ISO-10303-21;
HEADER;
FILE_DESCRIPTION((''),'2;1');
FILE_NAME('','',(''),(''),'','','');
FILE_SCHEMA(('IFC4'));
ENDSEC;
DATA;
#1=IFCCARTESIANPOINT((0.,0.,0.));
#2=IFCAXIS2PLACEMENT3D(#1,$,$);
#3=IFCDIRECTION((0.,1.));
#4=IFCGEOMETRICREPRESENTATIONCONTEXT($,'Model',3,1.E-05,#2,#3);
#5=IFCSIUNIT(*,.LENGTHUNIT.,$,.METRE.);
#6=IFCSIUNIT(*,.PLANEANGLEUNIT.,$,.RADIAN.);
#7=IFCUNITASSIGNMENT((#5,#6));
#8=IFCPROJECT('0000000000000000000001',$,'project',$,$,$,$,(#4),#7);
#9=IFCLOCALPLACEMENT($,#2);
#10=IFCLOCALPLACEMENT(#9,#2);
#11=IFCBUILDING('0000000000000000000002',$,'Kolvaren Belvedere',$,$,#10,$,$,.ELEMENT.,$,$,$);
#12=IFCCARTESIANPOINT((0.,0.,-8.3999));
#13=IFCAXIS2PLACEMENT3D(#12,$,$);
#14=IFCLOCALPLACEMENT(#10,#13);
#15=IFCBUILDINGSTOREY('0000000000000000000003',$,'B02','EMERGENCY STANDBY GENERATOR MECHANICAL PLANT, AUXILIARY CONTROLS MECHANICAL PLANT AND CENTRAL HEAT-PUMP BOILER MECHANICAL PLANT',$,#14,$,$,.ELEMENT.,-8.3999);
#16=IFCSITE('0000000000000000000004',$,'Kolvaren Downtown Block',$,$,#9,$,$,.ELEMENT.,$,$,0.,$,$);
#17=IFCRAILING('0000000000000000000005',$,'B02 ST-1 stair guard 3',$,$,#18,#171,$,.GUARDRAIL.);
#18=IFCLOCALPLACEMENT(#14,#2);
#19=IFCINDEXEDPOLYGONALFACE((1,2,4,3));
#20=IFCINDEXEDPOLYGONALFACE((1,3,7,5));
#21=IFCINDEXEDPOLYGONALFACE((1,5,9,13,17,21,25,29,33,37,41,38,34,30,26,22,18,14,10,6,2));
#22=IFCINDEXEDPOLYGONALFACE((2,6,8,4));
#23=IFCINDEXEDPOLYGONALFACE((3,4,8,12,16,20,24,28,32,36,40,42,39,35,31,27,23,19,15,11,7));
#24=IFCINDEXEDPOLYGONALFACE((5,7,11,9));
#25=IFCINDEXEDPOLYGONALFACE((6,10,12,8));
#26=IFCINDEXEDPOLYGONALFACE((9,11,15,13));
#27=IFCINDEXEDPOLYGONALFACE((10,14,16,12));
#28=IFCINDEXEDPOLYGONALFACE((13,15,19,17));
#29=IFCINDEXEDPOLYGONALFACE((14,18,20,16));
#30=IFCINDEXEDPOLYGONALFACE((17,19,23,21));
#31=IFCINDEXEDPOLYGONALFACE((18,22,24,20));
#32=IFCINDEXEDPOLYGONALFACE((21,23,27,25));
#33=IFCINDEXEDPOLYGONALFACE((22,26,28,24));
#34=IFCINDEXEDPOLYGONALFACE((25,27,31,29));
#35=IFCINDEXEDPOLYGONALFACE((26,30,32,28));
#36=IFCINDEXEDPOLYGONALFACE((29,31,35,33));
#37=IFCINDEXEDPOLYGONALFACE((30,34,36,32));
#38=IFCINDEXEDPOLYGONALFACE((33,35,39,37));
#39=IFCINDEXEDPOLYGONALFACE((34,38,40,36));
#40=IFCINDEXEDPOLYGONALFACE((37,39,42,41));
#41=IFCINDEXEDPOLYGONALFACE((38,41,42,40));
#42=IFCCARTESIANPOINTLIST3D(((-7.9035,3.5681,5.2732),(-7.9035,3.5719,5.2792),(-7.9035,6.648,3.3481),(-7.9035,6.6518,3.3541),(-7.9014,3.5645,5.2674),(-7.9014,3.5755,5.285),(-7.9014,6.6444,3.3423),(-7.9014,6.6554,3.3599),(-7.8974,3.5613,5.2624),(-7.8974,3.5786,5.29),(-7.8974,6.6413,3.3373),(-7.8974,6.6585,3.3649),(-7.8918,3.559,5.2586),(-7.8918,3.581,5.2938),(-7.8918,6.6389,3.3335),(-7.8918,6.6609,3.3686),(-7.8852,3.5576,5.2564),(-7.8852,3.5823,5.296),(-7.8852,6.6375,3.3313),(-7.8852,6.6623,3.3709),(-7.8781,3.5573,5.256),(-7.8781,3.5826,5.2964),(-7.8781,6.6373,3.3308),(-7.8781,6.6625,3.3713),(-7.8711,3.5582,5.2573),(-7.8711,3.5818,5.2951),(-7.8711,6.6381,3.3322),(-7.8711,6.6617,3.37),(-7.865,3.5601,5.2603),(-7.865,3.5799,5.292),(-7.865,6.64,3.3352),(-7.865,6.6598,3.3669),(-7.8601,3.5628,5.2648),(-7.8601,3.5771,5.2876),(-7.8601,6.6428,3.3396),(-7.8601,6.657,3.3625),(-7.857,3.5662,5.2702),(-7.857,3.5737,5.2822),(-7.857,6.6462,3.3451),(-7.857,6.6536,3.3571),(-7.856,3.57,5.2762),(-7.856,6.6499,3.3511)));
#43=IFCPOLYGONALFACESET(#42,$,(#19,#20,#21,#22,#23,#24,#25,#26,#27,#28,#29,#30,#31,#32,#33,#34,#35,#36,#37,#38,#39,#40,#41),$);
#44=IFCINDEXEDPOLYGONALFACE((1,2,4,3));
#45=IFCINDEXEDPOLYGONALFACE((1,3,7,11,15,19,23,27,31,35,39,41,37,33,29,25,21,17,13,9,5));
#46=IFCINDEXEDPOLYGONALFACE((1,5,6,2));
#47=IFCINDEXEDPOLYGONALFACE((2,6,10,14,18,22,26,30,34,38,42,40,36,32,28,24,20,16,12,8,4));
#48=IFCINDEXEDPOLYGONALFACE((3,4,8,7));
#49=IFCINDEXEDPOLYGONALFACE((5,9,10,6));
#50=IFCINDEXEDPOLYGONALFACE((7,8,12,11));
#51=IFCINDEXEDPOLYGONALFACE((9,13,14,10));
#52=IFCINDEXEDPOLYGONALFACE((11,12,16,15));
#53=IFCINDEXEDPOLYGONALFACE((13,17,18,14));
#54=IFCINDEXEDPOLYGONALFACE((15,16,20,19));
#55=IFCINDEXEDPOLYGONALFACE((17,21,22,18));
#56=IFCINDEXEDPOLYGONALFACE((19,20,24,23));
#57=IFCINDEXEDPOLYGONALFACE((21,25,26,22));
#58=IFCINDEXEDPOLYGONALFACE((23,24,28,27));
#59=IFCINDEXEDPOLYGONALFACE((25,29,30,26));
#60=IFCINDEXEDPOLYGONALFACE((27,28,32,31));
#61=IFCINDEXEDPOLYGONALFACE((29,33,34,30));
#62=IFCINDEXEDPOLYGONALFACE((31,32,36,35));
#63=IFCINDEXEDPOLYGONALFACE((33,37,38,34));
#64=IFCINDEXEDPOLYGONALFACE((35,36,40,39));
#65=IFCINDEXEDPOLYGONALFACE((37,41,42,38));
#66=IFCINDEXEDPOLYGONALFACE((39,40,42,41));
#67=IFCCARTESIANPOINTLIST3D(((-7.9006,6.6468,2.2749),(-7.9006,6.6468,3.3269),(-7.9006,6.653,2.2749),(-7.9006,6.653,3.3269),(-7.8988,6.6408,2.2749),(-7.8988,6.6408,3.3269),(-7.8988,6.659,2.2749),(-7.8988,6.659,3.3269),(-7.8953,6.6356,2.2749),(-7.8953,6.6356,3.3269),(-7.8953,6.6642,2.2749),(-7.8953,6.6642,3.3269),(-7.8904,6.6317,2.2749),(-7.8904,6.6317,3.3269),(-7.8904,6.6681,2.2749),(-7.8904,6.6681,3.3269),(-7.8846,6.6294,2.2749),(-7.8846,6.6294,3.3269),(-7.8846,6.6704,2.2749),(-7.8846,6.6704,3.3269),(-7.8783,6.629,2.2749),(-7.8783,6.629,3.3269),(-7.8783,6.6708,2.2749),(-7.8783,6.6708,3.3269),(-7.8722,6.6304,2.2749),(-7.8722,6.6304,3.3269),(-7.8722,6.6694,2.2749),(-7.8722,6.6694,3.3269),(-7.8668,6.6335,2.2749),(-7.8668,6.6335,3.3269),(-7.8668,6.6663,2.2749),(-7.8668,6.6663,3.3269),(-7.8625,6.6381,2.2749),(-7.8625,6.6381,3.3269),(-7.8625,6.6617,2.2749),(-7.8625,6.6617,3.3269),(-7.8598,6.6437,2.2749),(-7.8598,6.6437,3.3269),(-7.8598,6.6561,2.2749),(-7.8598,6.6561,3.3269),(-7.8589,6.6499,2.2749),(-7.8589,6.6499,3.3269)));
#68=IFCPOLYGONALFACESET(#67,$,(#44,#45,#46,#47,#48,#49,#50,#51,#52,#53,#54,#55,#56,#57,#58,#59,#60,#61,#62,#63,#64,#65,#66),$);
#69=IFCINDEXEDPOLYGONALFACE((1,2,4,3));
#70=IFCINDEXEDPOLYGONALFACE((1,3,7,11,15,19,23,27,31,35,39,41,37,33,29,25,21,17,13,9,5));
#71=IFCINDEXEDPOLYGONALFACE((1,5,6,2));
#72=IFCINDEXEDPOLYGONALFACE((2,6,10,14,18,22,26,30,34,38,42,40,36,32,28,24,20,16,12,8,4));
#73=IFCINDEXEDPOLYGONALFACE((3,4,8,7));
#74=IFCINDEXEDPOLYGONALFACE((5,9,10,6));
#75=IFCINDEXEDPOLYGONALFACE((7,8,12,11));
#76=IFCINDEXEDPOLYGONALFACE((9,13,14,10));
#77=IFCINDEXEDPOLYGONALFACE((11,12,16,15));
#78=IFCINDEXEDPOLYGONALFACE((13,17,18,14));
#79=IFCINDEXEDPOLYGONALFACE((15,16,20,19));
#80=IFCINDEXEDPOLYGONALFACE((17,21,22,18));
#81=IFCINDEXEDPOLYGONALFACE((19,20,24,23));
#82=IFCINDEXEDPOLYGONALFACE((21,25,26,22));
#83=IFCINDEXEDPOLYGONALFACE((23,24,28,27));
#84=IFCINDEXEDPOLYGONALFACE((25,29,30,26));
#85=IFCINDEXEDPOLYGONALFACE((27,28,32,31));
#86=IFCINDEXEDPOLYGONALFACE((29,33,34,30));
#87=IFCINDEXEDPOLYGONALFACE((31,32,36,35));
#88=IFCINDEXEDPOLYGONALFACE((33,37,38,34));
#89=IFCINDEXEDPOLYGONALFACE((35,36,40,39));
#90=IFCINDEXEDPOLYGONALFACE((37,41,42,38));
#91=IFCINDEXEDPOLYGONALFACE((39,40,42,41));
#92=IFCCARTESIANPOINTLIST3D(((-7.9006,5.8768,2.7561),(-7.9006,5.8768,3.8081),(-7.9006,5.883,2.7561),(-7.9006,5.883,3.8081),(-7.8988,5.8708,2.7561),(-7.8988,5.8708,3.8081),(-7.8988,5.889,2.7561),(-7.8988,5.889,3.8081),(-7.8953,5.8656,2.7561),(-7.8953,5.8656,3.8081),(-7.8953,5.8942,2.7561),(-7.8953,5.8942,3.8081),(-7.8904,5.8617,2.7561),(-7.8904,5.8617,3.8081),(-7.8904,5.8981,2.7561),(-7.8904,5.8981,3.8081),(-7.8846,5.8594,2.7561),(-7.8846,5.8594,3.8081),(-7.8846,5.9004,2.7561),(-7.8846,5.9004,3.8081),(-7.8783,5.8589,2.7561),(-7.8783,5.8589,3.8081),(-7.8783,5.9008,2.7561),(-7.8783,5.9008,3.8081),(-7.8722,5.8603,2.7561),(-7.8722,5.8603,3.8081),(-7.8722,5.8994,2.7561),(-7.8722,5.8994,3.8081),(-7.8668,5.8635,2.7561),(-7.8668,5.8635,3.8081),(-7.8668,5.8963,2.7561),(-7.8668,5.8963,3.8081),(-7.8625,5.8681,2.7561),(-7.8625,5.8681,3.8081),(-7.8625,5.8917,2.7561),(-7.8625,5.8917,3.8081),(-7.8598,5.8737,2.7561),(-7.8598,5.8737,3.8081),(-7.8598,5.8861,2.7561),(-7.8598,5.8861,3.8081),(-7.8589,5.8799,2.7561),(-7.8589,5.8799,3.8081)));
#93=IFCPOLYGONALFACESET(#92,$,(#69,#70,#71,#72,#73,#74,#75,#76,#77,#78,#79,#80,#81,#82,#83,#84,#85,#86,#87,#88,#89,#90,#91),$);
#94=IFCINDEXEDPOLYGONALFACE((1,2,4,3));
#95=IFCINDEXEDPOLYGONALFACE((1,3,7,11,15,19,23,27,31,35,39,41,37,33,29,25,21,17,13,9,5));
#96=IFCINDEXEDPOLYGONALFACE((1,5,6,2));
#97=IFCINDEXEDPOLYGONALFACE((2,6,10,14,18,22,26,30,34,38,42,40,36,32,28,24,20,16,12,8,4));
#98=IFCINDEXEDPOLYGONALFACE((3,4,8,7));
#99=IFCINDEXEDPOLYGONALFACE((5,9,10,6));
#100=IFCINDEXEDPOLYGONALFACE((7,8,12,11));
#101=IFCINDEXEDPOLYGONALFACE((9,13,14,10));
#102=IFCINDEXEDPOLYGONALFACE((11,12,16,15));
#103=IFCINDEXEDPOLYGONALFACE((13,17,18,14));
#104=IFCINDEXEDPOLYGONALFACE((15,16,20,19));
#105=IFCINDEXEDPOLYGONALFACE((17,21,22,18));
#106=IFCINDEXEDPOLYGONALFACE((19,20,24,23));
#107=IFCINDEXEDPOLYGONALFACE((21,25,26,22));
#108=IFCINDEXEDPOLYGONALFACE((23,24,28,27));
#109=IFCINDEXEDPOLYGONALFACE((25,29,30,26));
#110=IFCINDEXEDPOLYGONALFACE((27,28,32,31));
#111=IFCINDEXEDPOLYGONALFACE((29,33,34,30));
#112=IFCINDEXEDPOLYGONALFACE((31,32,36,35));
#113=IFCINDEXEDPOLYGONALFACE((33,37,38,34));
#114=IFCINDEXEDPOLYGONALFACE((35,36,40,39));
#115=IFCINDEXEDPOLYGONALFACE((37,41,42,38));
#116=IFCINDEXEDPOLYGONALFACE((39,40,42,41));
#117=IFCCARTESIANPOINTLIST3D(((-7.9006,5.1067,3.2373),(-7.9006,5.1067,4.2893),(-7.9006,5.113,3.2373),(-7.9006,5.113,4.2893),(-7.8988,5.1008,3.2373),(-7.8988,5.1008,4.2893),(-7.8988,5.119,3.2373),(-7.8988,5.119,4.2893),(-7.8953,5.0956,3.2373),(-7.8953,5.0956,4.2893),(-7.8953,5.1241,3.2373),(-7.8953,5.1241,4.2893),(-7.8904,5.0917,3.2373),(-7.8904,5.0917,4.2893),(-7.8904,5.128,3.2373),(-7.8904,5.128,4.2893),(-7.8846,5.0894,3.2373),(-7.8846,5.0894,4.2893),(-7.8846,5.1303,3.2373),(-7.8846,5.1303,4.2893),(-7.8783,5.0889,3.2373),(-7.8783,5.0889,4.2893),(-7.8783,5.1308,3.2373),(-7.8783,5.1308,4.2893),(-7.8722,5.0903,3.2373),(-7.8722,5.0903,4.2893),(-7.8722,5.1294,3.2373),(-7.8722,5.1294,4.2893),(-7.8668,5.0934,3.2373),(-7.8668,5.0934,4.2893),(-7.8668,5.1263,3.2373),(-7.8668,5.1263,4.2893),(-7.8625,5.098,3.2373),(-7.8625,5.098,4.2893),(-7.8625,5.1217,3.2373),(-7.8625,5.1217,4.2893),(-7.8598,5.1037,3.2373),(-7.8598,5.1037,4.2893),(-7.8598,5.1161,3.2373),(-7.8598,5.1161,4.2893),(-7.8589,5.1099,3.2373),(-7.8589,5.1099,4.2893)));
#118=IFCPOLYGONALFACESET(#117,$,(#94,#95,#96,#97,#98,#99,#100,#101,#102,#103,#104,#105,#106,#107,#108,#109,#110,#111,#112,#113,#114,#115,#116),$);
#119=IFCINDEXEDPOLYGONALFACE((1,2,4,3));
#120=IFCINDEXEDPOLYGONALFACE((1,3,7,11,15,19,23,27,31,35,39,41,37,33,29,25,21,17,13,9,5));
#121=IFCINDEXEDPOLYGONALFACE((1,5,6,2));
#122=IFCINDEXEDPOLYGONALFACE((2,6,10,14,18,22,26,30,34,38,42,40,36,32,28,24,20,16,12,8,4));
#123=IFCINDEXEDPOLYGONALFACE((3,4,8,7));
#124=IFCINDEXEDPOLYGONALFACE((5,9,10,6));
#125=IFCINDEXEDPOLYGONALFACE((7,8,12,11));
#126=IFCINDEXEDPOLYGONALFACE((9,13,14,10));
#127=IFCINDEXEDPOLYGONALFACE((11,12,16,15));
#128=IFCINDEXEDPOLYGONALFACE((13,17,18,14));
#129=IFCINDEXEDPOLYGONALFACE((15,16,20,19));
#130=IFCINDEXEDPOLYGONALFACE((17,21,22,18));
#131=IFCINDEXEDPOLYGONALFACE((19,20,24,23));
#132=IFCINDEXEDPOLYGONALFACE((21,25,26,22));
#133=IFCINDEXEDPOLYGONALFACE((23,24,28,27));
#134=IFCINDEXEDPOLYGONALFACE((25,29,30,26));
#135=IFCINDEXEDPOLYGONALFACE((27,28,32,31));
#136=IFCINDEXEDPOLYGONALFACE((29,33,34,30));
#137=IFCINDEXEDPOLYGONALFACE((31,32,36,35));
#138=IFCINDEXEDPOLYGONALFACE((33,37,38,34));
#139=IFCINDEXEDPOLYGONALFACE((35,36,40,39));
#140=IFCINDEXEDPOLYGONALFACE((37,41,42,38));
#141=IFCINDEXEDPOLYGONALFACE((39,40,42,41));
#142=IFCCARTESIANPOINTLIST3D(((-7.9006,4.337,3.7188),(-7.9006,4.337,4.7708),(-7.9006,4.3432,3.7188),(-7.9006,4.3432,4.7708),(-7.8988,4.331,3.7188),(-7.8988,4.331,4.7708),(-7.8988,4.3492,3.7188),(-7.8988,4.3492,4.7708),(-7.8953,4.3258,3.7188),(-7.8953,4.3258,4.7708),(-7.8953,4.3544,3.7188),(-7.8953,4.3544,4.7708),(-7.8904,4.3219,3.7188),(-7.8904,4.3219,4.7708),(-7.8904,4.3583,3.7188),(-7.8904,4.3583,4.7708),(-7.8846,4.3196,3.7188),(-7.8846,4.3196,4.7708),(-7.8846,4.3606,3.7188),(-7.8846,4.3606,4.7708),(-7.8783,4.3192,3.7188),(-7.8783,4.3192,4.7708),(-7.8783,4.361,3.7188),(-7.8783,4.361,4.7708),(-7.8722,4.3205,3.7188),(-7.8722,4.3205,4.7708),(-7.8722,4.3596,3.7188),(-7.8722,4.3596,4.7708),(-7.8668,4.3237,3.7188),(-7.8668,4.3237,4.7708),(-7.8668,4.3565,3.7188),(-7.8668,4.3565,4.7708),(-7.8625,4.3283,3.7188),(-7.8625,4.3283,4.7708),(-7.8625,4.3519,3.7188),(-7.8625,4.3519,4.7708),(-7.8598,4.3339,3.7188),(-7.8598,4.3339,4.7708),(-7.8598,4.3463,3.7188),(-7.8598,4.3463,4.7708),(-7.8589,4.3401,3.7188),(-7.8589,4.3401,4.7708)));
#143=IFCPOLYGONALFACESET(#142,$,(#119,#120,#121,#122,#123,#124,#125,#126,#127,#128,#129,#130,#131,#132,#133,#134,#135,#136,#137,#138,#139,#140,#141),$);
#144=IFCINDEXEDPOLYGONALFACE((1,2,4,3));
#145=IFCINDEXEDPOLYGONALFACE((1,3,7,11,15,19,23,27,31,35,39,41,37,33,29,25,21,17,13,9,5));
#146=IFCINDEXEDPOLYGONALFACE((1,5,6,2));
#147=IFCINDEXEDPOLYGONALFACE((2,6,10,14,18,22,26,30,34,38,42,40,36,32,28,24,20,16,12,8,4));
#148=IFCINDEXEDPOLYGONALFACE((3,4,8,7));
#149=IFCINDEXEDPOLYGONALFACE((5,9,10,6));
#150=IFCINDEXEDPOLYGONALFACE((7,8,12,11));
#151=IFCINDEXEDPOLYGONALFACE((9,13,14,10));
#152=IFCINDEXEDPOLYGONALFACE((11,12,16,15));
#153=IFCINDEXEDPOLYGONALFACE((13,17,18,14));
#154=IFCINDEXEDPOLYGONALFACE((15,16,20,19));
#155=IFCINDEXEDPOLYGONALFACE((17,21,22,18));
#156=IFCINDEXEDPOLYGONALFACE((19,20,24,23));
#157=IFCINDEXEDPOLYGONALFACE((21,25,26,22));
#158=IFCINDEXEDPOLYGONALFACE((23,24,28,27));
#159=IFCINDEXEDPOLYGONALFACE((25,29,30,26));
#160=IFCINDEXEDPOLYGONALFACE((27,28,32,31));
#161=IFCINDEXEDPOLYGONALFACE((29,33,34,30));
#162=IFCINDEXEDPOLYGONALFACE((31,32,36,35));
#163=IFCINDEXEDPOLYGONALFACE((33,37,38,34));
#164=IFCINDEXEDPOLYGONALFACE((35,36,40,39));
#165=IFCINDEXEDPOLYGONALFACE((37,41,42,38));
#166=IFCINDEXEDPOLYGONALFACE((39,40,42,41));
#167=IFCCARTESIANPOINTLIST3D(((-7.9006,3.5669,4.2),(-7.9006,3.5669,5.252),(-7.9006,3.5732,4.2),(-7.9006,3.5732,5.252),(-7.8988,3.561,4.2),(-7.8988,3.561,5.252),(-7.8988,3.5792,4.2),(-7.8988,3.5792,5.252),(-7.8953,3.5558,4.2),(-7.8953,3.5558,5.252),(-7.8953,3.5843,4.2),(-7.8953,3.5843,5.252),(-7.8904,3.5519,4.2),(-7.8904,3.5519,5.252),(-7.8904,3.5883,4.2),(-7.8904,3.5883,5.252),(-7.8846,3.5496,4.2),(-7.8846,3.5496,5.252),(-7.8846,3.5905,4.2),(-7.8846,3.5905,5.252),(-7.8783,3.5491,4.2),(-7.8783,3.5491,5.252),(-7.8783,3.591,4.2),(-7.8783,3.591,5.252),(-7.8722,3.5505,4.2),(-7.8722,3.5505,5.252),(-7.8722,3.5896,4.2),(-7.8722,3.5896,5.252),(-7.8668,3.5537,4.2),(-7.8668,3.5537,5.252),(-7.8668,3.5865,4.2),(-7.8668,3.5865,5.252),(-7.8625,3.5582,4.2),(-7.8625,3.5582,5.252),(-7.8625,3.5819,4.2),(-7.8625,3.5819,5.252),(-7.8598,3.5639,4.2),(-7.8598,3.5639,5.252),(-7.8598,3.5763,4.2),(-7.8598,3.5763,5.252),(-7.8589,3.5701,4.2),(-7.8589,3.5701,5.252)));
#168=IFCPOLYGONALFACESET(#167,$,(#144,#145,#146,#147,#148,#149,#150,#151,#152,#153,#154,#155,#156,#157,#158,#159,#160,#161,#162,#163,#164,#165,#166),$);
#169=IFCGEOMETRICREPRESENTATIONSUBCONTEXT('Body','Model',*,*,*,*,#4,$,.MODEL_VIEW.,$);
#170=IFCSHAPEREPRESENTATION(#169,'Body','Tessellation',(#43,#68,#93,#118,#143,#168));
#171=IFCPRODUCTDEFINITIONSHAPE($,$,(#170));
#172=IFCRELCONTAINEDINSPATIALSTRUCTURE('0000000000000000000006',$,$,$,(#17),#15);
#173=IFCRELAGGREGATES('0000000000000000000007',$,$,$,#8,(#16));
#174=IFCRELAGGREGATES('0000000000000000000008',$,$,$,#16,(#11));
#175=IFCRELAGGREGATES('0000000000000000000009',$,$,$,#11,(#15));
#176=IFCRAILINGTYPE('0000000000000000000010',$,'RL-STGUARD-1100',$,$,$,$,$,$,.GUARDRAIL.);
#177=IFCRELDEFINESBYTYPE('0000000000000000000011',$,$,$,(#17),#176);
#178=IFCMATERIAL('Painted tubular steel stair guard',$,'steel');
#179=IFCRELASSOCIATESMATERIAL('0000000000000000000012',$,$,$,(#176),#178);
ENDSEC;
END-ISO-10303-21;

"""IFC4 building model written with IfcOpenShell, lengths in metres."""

from ifc_helpers import new_model, si_unit, direction, frame, origin, origin_2d, place, context, subcontext, project, spatial, circle, extrude, material, type_object, element, save


model = new_model("IFC4")

# Units and contexts
model_context = context("Model", 3, precision=1e-05, world=origin(), true_north=direction((0.0, 1.0)))
body_context = subcontext(model_context, "Body", "Model", "MODEL_VIEW")
ifc_project = project(units=[si_unit("LENGTHUNIT", "METRE"), si_unit("PLANEANGLEUNIT", "RADIAN")], contexts=[model_context])

# Site, building, storey
site_placement = place(None, origin())
site = spatial("IfcSite", under=ifc_project, at=site_placement, Name="Kolvaren Downtown Block", CompositionType="ELEMENT", RefElevation=0.0)
building_placement = place(site_placement, origin())
building = spatial("IfcBuilding", under=site, at=building_placement, Name="Kolvaren Belvedere", CompositionType="ELEMENT")
storey_placement = place(building_placement, frame((0.0, 0.0, -8.3999)))
storey = spatial("IfcBuildingStorey", under=building, at=storey_placement, Name="B02", Description="EMERGENCY STANDBY GENERATOR MECHANICAL PLANT, AUXILIARY CONTROLS MECHANICAL PLANT AND CENTRAL HEAT-PUMP BOILER MECHANICAL PLANT", CompositionType="ELEMENT", Elevation=-8.3999)

# Railing
ifc_material_1 = material(Name="Painted tubular steel stair guard", Category="steel")
railing_type_1 = type_object("IfcRailingType", Name="RL-STGUARD-1100", PredefinedType="GUARDRAIL", material=ifc_material_1)
railing_1_placement = place(storey_placement, frame((-7.8799, 6.6499, 2.2749)))
element("IfcRailing", 1, at=railing_1_placement, inside=storey, type_object=railing_type_1, Name="B02 ST-1 stair guard 3", PredefinedType="GUARDRAIL", context=body_context, shape_type="SweptSolid", body=[
    extrude(circle(Radius=0.0239, at=origin_2d()), frame((0.0, 0.0, 1.0762), z_axis=(0.0, -0.847979, 0.530029), x_axis=(1.0, 0.0, 0.0)), (0.0, 0.0, 1.0), 3.6321),
    extrude(circle(Radius=0.021, at=origin_2d()), origin(), (0.0, 0.0, 1.0), 1.052),
    extrude(circle(Radius=0.021, at=origin_2d()), frame((0.0, -0.77, 0.4812)), (0.0, 0.0, 1.0), 1.052),
    extrude(circle(Radius=0.021, at=origin_2d()), frame((0.0, -1.54, 0.9624)), (0.0, 0.0, 1.0), 1.052),
    extrude(circle(Radius=0.021, at=origin_2d()), frame((0.0, -2.3098, 1.4438)), (0.0, 0.0, 1.0), 1.052),
    extrude(circle(Radius=0.021, at=origin_2d()), frame((0.0, -3.0798, 1.925)), (0.0, 0.0, 1.0), 1.052),
])

save(model, "model.ifc")
